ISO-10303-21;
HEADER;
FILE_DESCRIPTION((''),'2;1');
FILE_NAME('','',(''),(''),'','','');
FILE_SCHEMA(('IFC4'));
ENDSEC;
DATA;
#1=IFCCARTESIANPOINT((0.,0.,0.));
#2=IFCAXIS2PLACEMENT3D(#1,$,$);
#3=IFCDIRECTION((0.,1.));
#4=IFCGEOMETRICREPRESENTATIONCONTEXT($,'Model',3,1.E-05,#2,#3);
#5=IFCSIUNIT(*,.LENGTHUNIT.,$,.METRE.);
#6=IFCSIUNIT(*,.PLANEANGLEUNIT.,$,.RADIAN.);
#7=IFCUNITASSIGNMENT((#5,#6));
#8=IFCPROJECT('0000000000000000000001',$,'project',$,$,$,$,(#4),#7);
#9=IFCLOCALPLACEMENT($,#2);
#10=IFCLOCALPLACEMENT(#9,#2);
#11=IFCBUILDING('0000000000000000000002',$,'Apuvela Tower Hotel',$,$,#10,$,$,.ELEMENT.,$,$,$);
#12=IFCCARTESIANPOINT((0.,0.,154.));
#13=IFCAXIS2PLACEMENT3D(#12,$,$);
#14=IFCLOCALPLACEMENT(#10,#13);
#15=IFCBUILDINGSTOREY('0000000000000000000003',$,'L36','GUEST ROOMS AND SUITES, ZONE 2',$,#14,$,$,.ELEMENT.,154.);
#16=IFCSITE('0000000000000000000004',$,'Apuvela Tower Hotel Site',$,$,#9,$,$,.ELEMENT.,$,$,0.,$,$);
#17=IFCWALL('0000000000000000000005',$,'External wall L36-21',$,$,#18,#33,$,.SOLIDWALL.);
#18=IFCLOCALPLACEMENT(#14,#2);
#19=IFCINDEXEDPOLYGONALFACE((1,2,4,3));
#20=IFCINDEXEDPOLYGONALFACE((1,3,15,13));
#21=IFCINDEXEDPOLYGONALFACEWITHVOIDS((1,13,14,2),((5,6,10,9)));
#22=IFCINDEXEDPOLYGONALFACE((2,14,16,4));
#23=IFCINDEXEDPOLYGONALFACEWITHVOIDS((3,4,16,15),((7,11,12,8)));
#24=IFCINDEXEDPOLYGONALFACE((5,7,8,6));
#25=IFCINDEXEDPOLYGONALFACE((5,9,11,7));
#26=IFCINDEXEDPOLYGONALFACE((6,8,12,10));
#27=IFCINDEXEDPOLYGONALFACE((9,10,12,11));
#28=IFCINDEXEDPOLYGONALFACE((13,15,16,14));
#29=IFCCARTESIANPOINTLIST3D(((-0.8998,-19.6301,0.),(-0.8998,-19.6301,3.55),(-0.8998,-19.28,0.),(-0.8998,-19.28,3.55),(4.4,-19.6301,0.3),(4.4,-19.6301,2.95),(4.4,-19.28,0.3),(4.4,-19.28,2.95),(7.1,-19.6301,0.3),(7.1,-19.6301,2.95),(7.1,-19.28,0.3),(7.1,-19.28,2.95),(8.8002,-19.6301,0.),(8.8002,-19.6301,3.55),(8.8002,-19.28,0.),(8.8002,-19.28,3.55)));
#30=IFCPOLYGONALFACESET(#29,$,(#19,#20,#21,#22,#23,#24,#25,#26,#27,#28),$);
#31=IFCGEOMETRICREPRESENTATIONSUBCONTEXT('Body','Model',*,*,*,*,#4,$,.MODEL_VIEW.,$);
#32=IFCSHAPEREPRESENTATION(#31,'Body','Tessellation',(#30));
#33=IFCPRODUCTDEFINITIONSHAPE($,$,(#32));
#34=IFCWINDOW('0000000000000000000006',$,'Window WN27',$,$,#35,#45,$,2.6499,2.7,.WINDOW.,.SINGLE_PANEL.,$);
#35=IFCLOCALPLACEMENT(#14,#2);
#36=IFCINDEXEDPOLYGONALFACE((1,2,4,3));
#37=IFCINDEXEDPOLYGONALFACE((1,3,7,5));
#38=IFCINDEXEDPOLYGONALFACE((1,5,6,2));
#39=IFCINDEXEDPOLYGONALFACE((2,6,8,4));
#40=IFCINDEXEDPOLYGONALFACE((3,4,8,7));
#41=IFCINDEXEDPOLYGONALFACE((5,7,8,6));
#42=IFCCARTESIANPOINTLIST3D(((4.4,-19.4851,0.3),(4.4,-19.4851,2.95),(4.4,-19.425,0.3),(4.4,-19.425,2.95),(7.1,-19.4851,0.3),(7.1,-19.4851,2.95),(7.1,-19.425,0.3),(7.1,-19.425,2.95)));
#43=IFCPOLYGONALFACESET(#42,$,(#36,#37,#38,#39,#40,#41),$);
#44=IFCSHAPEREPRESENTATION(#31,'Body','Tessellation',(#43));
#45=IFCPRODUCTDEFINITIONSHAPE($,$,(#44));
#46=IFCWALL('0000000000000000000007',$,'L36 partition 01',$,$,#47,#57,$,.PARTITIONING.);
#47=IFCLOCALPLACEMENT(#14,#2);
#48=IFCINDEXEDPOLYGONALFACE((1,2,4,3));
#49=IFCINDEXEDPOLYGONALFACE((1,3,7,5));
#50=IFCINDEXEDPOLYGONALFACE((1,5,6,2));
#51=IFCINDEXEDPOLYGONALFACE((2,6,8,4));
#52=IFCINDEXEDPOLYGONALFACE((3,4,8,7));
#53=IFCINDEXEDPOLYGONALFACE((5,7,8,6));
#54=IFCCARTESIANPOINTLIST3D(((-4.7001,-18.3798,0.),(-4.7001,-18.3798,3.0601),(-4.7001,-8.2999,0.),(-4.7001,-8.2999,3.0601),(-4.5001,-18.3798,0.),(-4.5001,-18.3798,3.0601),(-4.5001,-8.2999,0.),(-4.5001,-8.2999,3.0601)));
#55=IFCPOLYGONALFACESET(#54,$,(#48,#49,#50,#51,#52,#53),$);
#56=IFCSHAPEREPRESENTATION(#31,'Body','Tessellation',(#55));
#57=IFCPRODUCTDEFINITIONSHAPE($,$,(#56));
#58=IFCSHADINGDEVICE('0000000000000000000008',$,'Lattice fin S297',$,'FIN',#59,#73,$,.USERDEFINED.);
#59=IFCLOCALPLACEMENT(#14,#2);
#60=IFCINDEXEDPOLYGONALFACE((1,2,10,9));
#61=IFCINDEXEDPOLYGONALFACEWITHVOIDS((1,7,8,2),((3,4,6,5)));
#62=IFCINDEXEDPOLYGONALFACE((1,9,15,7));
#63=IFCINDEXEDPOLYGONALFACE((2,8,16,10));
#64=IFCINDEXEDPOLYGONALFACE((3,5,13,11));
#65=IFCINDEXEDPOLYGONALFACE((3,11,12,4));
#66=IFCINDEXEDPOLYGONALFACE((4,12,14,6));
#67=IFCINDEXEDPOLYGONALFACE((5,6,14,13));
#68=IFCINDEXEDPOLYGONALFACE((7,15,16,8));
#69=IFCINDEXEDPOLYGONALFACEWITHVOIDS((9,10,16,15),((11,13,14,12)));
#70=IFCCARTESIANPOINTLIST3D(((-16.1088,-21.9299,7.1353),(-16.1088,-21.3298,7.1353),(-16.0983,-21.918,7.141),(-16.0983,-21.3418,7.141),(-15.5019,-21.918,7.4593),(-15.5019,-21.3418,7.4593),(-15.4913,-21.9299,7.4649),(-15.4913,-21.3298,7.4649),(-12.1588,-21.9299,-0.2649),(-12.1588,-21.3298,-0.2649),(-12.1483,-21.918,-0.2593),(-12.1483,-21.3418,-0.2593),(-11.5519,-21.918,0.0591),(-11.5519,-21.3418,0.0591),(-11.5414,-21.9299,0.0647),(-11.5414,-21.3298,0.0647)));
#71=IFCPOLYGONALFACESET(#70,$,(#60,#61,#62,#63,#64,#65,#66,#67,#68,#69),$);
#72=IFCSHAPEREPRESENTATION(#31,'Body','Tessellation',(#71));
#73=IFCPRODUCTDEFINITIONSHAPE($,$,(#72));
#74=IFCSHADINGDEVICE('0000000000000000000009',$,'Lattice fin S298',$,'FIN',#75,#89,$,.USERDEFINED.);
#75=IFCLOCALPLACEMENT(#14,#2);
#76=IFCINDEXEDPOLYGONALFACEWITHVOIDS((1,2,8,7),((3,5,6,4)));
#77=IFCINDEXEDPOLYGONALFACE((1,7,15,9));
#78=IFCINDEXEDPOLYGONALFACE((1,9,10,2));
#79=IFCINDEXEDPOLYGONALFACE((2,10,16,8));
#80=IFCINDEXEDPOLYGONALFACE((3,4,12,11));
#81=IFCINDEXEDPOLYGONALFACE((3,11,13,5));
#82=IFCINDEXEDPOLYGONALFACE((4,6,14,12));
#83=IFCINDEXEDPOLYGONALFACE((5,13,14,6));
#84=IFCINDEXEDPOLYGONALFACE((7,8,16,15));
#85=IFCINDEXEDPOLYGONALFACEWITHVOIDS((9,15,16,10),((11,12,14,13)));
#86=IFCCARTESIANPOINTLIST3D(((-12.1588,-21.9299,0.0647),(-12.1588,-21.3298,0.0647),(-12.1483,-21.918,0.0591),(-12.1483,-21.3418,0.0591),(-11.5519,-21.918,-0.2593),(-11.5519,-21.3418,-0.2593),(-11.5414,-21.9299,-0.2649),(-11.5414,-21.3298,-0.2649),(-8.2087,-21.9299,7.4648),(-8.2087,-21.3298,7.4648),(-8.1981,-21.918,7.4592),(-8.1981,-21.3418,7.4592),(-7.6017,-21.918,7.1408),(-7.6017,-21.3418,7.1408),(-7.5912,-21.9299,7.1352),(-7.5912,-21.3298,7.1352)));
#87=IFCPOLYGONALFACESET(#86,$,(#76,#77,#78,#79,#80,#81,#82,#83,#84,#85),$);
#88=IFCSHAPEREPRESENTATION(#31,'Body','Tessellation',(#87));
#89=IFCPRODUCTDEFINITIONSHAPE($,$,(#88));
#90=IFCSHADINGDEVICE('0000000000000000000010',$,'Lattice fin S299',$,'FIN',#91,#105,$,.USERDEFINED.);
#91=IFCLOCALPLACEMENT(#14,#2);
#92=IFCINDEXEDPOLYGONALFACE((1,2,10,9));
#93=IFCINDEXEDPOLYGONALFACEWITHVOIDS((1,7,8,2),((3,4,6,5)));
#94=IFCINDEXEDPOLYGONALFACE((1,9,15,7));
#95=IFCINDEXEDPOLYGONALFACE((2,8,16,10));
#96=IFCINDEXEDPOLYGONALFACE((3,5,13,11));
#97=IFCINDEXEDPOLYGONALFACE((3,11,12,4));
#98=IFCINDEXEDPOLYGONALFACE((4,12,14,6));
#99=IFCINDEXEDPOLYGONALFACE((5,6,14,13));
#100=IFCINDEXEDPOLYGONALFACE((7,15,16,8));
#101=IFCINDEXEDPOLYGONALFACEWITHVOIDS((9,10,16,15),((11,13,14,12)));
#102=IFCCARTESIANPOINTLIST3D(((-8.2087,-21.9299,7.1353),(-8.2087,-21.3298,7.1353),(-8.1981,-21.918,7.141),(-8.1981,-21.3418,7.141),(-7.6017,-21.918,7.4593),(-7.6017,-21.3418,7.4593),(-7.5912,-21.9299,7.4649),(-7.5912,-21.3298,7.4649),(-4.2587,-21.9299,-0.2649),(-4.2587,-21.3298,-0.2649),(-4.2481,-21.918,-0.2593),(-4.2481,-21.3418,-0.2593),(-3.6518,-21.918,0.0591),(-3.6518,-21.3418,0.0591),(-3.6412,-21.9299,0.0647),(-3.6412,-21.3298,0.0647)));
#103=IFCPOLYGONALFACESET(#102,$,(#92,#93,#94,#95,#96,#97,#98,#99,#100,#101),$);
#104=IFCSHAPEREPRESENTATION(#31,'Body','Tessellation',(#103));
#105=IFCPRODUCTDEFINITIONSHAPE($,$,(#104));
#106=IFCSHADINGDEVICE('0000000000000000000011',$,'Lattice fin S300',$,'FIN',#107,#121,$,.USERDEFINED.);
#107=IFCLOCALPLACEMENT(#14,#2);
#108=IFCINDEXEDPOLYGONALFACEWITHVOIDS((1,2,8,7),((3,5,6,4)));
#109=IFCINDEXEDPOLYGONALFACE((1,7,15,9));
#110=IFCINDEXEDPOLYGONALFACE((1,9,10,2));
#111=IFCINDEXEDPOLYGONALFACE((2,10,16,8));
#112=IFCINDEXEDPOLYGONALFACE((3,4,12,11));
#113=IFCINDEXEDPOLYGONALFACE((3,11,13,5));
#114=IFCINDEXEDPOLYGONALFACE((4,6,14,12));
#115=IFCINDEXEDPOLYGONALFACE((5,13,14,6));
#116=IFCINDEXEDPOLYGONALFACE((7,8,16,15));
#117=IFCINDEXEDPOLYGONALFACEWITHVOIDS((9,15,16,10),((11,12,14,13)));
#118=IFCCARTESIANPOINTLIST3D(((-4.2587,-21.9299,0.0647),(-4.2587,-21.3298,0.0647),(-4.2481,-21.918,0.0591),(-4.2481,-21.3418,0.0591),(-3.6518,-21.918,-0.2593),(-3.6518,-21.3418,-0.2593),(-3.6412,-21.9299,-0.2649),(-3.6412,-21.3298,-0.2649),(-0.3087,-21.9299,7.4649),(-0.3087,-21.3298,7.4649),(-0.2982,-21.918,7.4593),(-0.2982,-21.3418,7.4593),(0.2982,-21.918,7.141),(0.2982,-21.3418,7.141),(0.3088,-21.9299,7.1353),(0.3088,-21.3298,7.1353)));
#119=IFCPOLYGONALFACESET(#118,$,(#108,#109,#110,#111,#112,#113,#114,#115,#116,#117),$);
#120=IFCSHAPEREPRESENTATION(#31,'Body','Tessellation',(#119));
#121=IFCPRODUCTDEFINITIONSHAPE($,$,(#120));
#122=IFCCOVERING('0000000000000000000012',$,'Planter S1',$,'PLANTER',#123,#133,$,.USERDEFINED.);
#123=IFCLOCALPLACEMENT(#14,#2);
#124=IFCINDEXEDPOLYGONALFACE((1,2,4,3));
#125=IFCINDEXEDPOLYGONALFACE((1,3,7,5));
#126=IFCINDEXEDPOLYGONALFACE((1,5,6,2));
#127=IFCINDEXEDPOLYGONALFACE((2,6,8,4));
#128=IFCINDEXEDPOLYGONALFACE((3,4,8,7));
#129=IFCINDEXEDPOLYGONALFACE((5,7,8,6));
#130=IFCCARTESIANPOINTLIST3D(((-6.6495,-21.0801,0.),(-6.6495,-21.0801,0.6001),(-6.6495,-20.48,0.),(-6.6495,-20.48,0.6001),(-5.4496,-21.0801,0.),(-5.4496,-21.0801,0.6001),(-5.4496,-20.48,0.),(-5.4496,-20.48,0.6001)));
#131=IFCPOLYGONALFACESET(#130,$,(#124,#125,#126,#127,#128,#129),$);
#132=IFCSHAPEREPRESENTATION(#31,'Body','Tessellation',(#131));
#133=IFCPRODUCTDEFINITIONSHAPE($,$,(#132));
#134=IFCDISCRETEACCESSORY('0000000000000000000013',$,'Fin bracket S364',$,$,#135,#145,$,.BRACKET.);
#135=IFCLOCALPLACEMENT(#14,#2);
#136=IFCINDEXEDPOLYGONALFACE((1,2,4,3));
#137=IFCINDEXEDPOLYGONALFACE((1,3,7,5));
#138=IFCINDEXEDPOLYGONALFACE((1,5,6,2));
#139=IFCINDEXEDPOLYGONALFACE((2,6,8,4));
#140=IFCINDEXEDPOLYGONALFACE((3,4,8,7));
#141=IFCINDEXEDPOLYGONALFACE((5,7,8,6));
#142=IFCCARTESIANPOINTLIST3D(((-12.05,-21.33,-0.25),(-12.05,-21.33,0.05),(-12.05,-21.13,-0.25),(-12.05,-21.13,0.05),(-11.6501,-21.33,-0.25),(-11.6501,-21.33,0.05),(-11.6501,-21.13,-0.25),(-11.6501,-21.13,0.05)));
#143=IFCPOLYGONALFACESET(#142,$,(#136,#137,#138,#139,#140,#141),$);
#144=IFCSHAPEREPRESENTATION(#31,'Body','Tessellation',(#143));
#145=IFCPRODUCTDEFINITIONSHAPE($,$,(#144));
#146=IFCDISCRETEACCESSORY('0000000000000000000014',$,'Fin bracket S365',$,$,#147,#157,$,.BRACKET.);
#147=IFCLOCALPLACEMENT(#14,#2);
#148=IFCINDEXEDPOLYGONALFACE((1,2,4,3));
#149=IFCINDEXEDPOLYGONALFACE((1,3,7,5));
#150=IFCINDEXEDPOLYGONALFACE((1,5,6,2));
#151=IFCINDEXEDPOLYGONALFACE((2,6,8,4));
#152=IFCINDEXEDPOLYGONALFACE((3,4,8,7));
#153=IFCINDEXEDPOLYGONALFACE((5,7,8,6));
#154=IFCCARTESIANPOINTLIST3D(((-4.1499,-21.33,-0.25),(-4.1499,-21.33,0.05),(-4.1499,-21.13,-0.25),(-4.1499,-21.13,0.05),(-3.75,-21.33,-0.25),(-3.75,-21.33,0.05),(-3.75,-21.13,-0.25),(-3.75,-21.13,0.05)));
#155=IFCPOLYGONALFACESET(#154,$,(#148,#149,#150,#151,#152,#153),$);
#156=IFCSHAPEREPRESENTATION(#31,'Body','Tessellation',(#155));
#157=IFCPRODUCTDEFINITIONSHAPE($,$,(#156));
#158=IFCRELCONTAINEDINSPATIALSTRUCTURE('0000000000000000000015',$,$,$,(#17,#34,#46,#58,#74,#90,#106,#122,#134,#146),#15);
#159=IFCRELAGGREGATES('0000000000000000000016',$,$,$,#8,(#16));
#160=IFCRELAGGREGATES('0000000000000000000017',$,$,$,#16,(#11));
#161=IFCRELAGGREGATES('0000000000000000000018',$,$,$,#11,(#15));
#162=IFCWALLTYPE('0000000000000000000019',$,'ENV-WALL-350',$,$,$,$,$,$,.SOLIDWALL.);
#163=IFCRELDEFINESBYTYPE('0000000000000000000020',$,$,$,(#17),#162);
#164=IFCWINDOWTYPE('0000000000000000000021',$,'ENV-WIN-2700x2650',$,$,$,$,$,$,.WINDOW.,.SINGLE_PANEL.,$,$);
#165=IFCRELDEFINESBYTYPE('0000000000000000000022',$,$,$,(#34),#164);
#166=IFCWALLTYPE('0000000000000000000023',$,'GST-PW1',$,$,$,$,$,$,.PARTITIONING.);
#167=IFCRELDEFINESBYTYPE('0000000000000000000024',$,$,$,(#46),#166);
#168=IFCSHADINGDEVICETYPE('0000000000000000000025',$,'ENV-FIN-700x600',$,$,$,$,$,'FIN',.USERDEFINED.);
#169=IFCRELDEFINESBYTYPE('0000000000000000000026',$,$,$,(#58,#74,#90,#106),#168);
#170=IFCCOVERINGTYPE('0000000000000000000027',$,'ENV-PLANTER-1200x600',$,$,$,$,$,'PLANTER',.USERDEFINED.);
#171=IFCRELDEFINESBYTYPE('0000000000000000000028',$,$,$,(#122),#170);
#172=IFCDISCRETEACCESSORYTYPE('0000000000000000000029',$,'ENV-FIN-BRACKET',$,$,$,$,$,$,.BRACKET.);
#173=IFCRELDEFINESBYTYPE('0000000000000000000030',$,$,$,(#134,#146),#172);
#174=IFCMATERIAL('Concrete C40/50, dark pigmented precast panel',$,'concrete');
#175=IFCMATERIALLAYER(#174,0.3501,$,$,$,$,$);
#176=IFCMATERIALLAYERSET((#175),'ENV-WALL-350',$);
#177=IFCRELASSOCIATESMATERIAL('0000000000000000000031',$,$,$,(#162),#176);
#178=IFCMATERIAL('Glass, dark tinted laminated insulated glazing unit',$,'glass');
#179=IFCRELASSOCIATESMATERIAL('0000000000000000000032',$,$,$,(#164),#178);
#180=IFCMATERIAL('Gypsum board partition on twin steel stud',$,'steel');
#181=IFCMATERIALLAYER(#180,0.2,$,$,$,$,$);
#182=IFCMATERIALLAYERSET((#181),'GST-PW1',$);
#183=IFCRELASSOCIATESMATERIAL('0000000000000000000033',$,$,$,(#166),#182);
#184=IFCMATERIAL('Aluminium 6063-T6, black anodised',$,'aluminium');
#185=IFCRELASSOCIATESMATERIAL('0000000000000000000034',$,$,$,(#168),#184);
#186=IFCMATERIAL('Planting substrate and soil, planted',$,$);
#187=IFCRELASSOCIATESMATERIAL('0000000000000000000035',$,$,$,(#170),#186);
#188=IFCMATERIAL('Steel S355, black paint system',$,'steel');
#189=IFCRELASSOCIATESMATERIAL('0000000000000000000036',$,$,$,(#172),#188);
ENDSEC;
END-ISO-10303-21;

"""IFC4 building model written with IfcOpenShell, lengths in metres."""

from ifc_helpers import new_model, si_unit, direction, frame, frame_2d, origin, origin_2d, place, context, subcontext, project, spatial, rectangle, hollow_rectangle, extrude, material, layer, layer_set, material_profile, profile_set, type_object, element, fill, save


model = new_model("IFC4")

# Units and contexts
model_context = context("Model", 3, precision=1e-05, world=origin(), true_north=direction((0.0, 1.0)))
body_context = subcontext(model_context, "Body", "Model", "MODEL_VIEW")
ifc_project = project(units=[si_unit("LENGTHUNIT", "METRE"), si_unit("PLANEANGLEUNIT", "RADIAN")], contexts=[model_context])

# Site, building, storey
site_placement = place(None, origin())
site = spatial("IfcSite", under=ifc_project, at=site_placement, Name="Apuvela Tower Hotel Site", CompositionType="ELEMENT", RefElevation=0.0)
building_placement = place(site_placement, origin())
building = spatial("IfcBuilding", under=site, at=building_placement, Name="Apuvela Tower Hotel", CompositionType="ELEMENT")
storey_placement = place(building_placement, frame((0.0, 0.0, 154.0)))
storey = spatial("IfcBuildingStorey", under=building, at=storey_placement, Name="L36", Description="GUEST ROOMS AND SUITES, ZONE 2", CompositionType="ELEMENT", Elevation=154.0)

# Shared definitions
ifc_material_1 = material(Name="Concrete C40/50, dark pigmented precast panel", Category="concrete")
ifc_layer_1 = layer(ifc_material_1, 0.3501)
ifc_layer_set_1 = layer_set([ifc_layer_1], Name="ENV-WALL-350")
wall_type_1 = type_object("IfcWallType", Name="ENV-WALL-350", PredefinedType="SOLIDWALL", material=ifc_layer_set_1)

# Shared definitions
ifc_material_2 = material(Name="Glass, dark tinted laminated insulated glazing unit", Category="glass")

# Wall, opening, window
wall_1_placement = place(storey_placement, frame((-0.8999, -19.4551, 0.0), z_axis=(0.0, 0.0, 1.0), x_axis=(1.0, 0.0, 0.0)))
wall_1 = element("IfcWall", 1, at=wall_1_placement, inside=storey, type_object=wall_type_1, Name="External wall L36-21", PredefinedType="SOLIDWALL", context=body_context, shape_type="SweptSolid", body=[
    extrude(rectangle(XDim=9.7, YDim=0.3501, at=frame_2d((4.8501, 0.0))), origin(), (0.0, 0.0, 1.0), 3.55),
])
opening_1_placement = place(wall_1_placement, frame((5.2998, 0.0, 0.3)))
opening_1 = element("IfcOpeningElement", 2, at=opening_1_placement, cuts=wall_1, PredefinedType="OPENING", context=body_context, shape_type="SweptSolid", body=[
    extrude(rectangle(XDim=2.7, YDim=2.6499, at=frame_2d((1.3501, 1.325))), frame((0.0, 0.1851, 0.0), z_axis=(0.0, -1.0, 0.0), x_axis=(1.0, 0.0, 0.0)), (0.0, 0.0, 1.0), 0.3701),
])
window_type_1 = type_object("IfcWindowType", Name="ENV-WIN-2700x2650", PartitioningType="SINGLE_PANEL", PredefinedType="WINDOW", material=ifc_material_2)
window_1_placement = place(opening_1_placement, origin())
window_1 = element("IfcWindow", 3, at=window_1_placement, inside=storey, type_object=window_type_1, Name="Window WN27", OverallHeight=2.6499, OverallWidth=2.7, PartitioningType="SINGLE_PANEL", PredefinedType="WINDOW", context=body_context, shape_type="SweptSolid", body=[
    extrude(rectangle(XDim=2.7, YDim=2.6499, at=frame_2d((1.3501, 1.325))), frame((0.0, 0.03, 0.0), z_axis=(0.0, -1.0, 0.0), x_axis=(1.0, 0.0, 0.0)), (0.0, 0.0, 1.0), 0.0601),
])
fill(opening_1, window_1)

# Wall
ifc_material_3 = material(Name="Gypsum board partition on twin steel stud", Category="steel")
ifc_layer_2 = layer(ifc_material_3, 0.2)
ifc_layer_set_2 = layer_set([ifc_layer_2], Name="GST-PW1")
wall_type_2 = type_object("IfcWallType", Name="GST-PW1", PredefinedType="PARTITIONING", material=ifc_layer_set_2)
wall_2_placement = place(storey_placement, frame((-4.6001, -18.3799, 0.0), z_axis=(0.0, 0.0, 1.0), x_axis=(0.0, 1.0, 0.0)))
element("IfcWall", 4, at=wall_2_placement, inside=storey, type_object=wall_type_2, Name="L36 partition 01", PredefinedType="PARTITIONING", context=body_context, shape_type="SweptSolid", body=[
    extrude(rectangle(XDim=10.0798, YDim=0.2, at=frame_2d((5.04, 0.0))), origin(), (0.0, 0.0, 1.0), 3.0601),
])

# Shading devices
ifc_material_4 = material(Name="Aluminium 6063-T6, black anodised", Category="aluminium")
ifc_material_profile_1 = material_profile(ifc_material_4, hollow_rectangle(XDim=0.6001, YDim=0.7, WallThickness=0.012, at=origin_2d()), Name="AL BOX 700x600x12")
ifc_profile_set_1 = profile_set([ifc_material_profile_1], Name="Aluminium 6063-T6, black anodised")
shading_device_type = type_object("IfcShadingDeviceType", Name="ENV-FIN-700x600", ElementType="FIN", PredefinedType="USERDEFINED", material=ifc_profile_set_1)
for number, where, z_axis, x_axis, name in (
    (5, (-11.8501, -21.6299, -0.1001), (-0.470886, 0.0, 0.882194), (0.0, -1.0, 0.0), "Lattice fin S297"),
    (6, (-11.8501, -21.6299, -0.1001), (0.470908, 0.0, 0.882182), (0.0, 1.0, 0.0), "Lattice fin S298"),
    (7, (-3.95, -21.6299, -0.1001), (-0.470886, 0.0, 0.882194), (0.0, -1.0, 0.0), "Lattice fin S299"),
    (8, (-3.95, -21.6299, -0.1001), (0.470886, 0.0, 0.882194), (0.0, 1.0, 0.0), "Lattice fin S300"),
):
    element("IfcShadingDevice", number, at=place(storey_placement, frame(where, z_axis=z_axis, x_axis=x_axis)), inside=storey, type_object=shading_device_type, Name=name, ObjectType="FIN", PredefinedType="USERDEFINED", context=body_context, shape_type="SweptSolid", body=[
        extrude(hollow_rectangle(XDim=0.6001, YDim=0.7, WallThickness=0.012, at=origin_2d()), origin(), (0.0, 0.0, 1.0), 8.3884),
    ])

# Covering
ifc_material_5 = material(Name="Planting substrate and soil, planted")
covering_type = type_object("IfcCoveringType", Name="ENV-PLANTER-1200x600", ElementType="PLANTER", PredefinedType="USERDEFINED", material=ifc_material_5)
covering_placement = place(storey_placement, frame((-6.0496, -20.78, 0.0), z_axis=(0.0, 0.0, 1.0), x_axis=(1.0, 0.0, 0.0)))
element("IfcCovering", 9, at=covering_placement, inside=storey, type_object=covering_type, Name="Planter S1", ObjectType="PLANTER", PredefinedType="USERDEFINED", context=body_context, shape_type="SweptSolid", body=[
    extrude(rectangle(XDim=1.2, YDim=0.6001, at=origin_2d()), origin(), (0.0, 0.0, 1.0), 0.6001),
])

# Discrete accessories
ifc_material_6 = material(Name="Steel S355, black paint system", Category="steel")
discrete_accessory_type = type_object("IfcDiscreteAccessoryType", Name="ENV-FIN-BRACKET", PredefinedType="BRACKET", material=ifc_material_6)
for number, where, z_axis, x_axis, name in (
    (10, (-11.8501, -21.23, -0.25), (0.0, 0.0, 1.0), (1.0, 0.0, 0.0), "Fin bracket S364"),
    (11, (-3.95, -21.23, -0.25), (0.0, 0.0, 1.0), (1.0, 0.0, 0.0), "Fin bracket S365"),
):
    element("IfcDiscreteAccessory", number, at=place(storey_placement, frame(where, z_axis=z_axis, x_axis=x_axis)), inside=storey, type_object=discrete_accessory_type, Name=name, PredefinedType="BRACKET", context=body_context, shape_type="SweptSolid", body=[
        extrude(rectangle(XDim=0.3999, YDim=0.2, at=origin_2d()), origin(), (0.0, 0.0, 1.0), 0.3),
    ])

save(model, "model.ifc")
